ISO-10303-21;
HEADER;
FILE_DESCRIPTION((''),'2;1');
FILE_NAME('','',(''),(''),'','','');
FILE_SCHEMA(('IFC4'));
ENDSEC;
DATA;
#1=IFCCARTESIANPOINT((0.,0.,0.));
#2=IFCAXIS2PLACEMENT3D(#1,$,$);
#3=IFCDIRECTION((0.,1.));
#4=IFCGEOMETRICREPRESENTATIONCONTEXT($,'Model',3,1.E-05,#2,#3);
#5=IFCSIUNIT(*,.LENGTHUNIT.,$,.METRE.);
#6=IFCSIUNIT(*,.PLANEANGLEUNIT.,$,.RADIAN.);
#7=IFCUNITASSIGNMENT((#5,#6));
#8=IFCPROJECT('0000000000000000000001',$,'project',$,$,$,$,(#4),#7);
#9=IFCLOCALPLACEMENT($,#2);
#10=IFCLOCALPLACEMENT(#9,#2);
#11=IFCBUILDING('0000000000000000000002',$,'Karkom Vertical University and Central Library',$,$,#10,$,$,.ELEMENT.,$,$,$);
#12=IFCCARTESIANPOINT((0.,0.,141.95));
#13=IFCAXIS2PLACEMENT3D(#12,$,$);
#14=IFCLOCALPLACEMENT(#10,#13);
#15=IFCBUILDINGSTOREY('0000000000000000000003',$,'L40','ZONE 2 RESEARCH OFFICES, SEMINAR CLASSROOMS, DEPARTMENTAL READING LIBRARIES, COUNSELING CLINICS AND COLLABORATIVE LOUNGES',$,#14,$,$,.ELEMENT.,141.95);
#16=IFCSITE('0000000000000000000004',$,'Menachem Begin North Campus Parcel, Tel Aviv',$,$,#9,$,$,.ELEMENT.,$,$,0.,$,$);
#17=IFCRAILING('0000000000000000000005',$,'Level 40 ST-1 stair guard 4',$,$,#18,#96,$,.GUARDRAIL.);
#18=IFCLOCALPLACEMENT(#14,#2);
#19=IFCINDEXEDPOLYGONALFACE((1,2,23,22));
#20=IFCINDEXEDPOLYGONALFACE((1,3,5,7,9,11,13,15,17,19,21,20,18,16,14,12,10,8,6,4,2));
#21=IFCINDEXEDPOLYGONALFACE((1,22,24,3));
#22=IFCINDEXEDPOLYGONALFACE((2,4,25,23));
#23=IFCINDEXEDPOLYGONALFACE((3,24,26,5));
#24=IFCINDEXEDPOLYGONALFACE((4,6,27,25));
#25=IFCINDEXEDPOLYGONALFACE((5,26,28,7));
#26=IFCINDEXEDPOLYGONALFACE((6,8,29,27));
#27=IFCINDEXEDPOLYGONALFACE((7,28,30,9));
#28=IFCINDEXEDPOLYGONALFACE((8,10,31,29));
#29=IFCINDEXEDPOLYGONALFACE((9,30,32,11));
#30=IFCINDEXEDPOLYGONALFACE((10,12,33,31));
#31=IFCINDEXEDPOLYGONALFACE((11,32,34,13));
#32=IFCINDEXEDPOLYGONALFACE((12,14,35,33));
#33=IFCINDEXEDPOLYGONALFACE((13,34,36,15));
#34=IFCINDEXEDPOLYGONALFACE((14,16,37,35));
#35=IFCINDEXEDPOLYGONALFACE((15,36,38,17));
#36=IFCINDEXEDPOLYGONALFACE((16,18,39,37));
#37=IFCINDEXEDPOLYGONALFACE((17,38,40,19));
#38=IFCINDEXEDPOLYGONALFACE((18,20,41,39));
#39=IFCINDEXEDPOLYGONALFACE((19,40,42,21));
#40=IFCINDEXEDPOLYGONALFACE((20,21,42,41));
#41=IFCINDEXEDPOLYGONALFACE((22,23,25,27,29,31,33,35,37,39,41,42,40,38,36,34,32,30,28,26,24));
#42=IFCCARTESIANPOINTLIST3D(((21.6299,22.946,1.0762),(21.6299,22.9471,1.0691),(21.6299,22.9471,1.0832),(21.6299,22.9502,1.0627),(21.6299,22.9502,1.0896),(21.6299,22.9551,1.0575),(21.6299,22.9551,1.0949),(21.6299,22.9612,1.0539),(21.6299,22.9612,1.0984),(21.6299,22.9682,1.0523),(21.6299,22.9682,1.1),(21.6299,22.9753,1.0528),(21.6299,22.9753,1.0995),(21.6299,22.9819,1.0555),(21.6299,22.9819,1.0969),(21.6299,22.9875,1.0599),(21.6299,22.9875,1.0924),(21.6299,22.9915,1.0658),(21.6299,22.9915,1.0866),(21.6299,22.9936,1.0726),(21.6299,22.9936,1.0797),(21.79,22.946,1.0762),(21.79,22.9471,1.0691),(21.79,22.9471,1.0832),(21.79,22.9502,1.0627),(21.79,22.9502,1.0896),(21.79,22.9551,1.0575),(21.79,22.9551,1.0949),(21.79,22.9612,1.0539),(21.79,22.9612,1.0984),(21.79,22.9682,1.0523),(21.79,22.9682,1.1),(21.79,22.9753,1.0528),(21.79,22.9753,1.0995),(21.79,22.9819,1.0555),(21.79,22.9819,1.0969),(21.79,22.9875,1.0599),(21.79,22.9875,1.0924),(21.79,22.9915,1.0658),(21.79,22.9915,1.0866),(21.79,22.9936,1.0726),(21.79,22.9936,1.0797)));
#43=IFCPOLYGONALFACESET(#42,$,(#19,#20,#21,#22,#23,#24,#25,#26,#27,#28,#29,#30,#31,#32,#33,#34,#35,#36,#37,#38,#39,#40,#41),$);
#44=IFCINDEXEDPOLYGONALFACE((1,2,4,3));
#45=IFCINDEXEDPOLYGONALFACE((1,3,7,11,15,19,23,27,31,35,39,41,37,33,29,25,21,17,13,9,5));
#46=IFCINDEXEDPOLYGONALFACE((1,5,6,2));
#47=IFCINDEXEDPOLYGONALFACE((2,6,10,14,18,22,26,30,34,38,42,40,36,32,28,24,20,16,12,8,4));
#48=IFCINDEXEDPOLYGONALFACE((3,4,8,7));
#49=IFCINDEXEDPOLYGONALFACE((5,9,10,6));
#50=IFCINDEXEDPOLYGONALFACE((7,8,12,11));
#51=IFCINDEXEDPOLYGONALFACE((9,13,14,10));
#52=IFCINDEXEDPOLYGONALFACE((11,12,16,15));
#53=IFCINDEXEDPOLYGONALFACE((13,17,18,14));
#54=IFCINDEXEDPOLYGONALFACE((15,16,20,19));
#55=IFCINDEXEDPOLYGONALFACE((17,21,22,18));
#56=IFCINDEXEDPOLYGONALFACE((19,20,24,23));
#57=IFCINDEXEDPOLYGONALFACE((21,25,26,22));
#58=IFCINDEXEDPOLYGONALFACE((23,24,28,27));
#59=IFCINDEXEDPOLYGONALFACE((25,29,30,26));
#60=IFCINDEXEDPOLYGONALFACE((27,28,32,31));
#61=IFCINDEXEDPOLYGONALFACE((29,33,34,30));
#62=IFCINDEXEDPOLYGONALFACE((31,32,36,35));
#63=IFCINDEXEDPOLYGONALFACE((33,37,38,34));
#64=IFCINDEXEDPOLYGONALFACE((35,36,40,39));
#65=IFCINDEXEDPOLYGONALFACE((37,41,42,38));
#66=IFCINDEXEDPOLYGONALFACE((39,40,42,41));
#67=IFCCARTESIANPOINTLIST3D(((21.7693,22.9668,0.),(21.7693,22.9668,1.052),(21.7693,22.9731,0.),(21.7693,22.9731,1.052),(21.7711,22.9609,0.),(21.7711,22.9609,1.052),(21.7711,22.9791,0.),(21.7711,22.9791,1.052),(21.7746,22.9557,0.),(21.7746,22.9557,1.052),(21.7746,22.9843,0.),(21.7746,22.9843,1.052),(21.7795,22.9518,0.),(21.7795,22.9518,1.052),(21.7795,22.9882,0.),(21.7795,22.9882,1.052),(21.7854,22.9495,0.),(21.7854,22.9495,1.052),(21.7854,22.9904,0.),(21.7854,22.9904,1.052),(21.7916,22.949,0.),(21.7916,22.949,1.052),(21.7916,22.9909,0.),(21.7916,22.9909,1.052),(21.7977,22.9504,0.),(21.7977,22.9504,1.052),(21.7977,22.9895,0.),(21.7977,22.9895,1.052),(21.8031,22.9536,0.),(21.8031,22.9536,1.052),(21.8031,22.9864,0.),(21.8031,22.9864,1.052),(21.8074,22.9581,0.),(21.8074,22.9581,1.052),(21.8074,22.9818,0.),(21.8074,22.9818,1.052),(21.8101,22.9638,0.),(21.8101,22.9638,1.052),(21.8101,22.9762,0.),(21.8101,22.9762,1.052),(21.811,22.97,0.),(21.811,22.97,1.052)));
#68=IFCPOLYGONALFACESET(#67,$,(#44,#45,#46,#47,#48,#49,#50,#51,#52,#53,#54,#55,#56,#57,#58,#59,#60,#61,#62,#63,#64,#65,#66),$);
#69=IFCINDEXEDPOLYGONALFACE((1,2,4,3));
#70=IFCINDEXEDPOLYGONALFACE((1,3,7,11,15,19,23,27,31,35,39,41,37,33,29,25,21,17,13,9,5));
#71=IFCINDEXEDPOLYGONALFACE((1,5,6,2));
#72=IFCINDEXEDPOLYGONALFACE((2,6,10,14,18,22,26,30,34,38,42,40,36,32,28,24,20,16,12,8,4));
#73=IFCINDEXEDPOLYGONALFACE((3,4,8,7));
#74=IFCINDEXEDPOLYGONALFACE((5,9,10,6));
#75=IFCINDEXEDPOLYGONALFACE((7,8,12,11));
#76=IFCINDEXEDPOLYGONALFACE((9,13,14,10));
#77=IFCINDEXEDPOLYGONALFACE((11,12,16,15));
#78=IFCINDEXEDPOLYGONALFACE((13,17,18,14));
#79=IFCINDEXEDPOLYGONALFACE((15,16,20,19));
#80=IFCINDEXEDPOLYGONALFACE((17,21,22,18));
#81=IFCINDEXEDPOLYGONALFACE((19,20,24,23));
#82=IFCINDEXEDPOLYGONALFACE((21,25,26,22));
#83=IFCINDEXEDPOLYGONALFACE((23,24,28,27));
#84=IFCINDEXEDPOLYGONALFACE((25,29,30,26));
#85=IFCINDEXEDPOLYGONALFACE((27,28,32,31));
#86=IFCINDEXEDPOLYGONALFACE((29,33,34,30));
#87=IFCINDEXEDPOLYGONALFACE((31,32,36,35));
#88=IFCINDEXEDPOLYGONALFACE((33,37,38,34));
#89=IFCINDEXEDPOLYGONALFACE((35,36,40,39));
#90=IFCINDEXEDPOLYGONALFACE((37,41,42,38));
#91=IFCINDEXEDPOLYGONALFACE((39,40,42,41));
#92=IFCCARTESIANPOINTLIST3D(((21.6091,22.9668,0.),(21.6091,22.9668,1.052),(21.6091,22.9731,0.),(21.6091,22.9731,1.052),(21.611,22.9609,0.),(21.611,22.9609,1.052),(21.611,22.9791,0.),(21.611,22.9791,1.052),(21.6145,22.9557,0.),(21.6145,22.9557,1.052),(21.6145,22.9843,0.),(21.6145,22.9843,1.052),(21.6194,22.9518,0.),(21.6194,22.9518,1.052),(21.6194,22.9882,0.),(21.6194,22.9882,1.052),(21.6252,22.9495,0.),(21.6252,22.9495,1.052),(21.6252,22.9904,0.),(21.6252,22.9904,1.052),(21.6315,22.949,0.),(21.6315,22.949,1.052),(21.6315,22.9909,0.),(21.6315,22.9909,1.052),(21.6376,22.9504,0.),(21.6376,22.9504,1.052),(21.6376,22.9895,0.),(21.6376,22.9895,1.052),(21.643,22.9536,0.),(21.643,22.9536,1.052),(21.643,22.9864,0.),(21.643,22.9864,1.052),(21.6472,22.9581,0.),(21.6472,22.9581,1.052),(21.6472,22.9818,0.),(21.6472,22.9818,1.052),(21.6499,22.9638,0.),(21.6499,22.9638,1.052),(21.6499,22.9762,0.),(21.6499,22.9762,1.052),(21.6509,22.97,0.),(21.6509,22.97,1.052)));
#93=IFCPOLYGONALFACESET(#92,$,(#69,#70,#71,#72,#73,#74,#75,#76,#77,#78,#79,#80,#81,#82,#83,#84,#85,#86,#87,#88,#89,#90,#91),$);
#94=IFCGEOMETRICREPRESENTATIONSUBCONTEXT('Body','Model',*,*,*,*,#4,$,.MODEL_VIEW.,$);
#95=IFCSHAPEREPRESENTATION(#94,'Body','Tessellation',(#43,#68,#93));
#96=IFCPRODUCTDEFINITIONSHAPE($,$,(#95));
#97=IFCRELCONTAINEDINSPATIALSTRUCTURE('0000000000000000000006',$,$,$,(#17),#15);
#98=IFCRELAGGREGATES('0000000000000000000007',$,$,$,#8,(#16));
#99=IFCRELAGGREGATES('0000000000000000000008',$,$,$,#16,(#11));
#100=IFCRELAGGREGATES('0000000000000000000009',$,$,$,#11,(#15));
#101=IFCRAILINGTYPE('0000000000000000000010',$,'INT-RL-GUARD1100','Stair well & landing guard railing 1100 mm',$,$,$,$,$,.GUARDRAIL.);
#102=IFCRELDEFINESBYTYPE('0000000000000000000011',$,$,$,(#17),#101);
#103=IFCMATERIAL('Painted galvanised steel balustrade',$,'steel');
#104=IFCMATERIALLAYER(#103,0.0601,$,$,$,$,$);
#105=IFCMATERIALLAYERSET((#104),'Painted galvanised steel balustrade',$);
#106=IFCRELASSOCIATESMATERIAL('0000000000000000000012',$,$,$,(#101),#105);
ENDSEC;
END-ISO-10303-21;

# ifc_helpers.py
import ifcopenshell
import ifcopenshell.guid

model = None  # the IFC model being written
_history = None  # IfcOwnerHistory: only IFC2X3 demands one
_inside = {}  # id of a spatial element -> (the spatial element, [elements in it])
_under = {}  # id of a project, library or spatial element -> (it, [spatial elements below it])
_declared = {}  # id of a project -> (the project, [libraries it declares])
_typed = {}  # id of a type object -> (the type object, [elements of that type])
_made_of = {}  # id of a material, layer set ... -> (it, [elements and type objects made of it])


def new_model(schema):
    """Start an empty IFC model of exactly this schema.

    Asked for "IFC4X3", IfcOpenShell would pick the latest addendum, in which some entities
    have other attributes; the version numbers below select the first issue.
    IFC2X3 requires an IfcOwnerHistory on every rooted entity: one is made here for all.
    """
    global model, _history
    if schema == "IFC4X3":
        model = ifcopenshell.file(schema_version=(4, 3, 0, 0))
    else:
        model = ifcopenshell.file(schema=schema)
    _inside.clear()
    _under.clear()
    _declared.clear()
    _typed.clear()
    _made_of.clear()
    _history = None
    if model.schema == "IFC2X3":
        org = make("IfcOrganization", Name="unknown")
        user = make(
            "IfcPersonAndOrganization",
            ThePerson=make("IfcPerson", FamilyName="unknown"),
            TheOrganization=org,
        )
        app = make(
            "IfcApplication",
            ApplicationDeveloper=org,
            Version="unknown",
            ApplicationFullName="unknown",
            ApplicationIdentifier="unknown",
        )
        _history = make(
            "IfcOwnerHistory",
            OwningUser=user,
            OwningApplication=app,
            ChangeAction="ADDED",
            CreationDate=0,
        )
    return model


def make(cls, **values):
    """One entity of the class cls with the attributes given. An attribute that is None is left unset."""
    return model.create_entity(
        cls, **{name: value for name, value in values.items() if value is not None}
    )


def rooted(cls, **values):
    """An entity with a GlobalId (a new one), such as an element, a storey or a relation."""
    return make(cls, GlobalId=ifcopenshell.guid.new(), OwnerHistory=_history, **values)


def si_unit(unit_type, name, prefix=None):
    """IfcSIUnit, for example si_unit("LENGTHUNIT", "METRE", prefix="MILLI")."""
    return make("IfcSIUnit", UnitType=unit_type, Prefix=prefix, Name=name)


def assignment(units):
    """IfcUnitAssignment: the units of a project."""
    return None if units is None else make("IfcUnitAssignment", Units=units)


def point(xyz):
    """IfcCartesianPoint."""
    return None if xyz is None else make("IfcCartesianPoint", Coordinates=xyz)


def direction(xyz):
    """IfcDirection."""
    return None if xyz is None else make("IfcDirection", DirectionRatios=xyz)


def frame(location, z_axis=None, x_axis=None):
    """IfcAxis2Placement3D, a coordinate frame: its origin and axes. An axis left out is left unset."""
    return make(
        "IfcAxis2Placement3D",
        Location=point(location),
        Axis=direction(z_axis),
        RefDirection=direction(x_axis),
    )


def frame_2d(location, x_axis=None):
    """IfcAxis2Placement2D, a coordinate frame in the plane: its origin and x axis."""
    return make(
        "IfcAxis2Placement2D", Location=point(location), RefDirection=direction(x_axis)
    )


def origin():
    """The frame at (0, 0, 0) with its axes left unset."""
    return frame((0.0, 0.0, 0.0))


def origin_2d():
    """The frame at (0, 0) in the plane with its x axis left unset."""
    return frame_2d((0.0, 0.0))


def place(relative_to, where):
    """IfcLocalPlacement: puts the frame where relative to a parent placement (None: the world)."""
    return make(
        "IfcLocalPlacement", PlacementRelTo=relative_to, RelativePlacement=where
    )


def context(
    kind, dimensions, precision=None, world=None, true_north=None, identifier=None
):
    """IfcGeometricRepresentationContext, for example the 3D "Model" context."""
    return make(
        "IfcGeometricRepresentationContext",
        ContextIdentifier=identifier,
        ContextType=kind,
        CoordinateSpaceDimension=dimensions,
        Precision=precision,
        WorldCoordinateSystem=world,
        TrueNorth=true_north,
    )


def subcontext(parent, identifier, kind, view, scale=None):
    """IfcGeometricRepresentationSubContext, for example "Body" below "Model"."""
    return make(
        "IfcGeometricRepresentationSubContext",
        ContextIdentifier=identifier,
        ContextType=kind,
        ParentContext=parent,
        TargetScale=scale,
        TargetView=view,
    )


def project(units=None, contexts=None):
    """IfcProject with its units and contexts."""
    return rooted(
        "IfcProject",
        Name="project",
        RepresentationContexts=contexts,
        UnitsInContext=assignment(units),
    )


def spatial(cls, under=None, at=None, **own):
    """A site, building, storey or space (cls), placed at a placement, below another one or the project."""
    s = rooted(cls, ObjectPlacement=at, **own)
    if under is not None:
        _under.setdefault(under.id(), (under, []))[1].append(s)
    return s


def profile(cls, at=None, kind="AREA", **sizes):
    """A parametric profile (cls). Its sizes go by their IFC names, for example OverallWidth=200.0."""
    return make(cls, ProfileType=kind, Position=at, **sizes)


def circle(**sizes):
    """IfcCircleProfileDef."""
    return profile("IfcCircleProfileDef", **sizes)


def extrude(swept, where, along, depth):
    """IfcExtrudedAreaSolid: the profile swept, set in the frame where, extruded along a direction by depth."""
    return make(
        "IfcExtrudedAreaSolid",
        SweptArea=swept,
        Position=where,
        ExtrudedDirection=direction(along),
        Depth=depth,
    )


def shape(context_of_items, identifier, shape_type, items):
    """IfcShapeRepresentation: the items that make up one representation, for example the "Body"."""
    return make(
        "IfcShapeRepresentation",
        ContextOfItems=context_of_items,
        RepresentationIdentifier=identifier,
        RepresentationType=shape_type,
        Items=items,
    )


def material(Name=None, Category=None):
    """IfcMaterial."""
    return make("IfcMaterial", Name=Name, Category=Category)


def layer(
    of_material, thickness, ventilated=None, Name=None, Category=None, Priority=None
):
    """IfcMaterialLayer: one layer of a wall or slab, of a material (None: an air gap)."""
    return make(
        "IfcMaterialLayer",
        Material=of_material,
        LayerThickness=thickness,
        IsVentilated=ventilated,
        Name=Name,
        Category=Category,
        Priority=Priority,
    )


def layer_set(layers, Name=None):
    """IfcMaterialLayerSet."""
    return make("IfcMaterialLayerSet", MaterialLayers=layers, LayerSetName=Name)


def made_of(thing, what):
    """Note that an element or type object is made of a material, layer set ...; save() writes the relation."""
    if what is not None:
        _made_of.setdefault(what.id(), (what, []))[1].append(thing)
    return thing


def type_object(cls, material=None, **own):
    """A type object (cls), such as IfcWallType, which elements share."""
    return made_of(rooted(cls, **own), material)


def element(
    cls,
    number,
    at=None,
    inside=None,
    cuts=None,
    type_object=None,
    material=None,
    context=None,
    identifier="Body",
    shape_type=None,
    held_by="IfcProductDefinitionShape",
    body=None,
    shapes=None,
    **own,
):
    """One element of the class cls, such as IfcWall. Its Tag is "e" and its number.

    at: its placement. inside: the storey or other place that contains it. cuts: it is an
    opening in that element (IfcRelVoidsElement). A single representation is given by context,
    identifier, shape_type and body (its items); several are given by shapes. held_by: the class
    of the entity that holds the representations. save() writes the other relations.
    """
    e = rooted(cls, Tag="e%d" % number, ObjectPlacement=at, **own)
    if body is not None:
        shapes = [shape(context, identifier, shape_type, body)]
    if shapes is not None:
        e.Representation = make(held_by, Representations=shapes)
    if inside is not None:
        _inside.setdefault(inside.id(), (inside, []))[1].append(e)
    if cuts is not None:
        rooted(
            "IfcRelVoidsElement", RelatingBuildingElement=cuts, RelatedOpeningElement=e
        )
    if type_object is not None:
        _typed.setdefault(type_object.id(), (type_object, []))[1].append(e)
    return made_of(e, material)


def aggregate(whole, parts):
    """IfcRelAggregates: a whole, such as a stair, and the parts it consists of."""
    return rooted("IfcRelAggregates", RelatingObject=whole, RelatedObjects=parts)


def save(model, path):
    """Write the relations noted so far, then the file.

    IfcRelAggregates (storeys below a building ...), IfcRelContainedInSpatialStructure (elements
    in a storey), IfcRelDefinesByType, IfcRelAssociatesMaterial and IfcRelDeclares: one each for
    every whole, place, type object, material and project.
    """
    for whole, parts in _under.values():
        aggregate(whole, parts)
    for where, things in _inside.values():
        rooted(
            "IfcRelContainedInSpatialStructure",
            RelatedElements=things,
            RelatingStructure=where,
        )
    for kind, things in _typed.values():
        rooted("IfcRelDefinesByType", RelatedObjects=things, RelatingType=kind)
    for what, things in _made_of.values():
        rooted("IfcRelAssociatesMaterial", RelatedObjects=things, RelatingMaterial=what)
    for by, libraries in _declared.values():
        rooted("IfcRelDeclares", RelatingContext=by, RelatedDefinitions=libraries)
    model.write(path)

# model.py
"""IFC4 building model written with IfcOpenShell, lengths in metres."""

from ifc_helpers import new_model, si_unit, direction, frame, origin, origin_2d, place, context, subcontext, project, spatial, circle, extrude, material, layer, layer_set, type_object, element, save


model = new_model("IFC4")

# Units and contexts
model_context = context("Model", 3, precision=1e-05, world=origin(), true_north=direction((0.0, 1.0)))
body_context = subcontext(model_context, "Body", "Model", "MODEL_VIEW")
ifc_project = project(units=[si_unit("LENGTHUNIT", "METRE"), si_unit("PLANEANGLEUNIT", "RADIAN")], contexts=[model_context])

# Site, building, storey
site_placement = place(None, origin())
site = spatial("IfcSite", under=ifc_project, at=site_placement, Name="Menachem Begin North Campus Parcel, Tel Aviv", CompositionType="ELEMENT", RefElevation=0.0)
building_placement = place(site_placement, origin())
building = spatial("IfcBuilding", under=site, at=building_placement, Name="Karkom Vertical University and Central Library", CompositionType="ELEMENT")
storey_placement = place(building_placement, frame((0.0, 0.0, 141.95)))
storey = spatial("IfcBuildingStorey", under=building, at=storey_placement, Name="L40", Description="ZONE 2 RESEARCH OFFICES, SEMINAR CLASSROOMS, DEPARTMENTAL READING LIBRARIES, COUNSELING CLINICS AND COLLABORATIVE LOUNGES", CompositionType="ELEMENT", Elevation=141.95)

# Railing
ifc_material_1 = material(Name="Painted galvanised steel balustrade", Category="steel")
ifc_layer_1 = layer(ifc_material_1, 0.0601)
ifc_layer_set_1 = layer_set([ifc_layer_1], Name="Painted galvanised steel balustrade")
railing_type_1 = type_object("IfcRailingType", Name="INT-RL-GUARD1100", Description="Stair well & landing guard railing 1100 mm", PredefinedType="GUARDRAIL", material=ifc_layer_set_1)
railing_1_placement = place(storey_placement, frame((21.79, 22.97, 0.0)))
element("IfcRailing", 1, at=railing_1_placement, inside=storey, type_object=railing_type_1, Name="Level 40 ST-1 stair guard 4", PredefinedType="GUARDRAIL", context=body_context, shape_type="SweptSolid", body=[
    extrude(circle(Radius=0.0239, at=origin_2d()), frame((0.0, 0.0, 1.0762), z_axis=(-1.0, 0.0, 0.0), x_axis=(0.0, -1.0, 0.0)), (0.0, 0.0, 1.0), 0.1602),
    extrude(circle(Radius=0.021, at=origin_2d()), origin(), (0.0, 0.0, 1.0), 1.052),
    extrude(circle(Radius=0.021, at=origin_2d()), frame((-0.1602, 0.0, 0.0)), (0.0, 0.0, 1.0), 1.052),
])

save(model, "model.ifc")
